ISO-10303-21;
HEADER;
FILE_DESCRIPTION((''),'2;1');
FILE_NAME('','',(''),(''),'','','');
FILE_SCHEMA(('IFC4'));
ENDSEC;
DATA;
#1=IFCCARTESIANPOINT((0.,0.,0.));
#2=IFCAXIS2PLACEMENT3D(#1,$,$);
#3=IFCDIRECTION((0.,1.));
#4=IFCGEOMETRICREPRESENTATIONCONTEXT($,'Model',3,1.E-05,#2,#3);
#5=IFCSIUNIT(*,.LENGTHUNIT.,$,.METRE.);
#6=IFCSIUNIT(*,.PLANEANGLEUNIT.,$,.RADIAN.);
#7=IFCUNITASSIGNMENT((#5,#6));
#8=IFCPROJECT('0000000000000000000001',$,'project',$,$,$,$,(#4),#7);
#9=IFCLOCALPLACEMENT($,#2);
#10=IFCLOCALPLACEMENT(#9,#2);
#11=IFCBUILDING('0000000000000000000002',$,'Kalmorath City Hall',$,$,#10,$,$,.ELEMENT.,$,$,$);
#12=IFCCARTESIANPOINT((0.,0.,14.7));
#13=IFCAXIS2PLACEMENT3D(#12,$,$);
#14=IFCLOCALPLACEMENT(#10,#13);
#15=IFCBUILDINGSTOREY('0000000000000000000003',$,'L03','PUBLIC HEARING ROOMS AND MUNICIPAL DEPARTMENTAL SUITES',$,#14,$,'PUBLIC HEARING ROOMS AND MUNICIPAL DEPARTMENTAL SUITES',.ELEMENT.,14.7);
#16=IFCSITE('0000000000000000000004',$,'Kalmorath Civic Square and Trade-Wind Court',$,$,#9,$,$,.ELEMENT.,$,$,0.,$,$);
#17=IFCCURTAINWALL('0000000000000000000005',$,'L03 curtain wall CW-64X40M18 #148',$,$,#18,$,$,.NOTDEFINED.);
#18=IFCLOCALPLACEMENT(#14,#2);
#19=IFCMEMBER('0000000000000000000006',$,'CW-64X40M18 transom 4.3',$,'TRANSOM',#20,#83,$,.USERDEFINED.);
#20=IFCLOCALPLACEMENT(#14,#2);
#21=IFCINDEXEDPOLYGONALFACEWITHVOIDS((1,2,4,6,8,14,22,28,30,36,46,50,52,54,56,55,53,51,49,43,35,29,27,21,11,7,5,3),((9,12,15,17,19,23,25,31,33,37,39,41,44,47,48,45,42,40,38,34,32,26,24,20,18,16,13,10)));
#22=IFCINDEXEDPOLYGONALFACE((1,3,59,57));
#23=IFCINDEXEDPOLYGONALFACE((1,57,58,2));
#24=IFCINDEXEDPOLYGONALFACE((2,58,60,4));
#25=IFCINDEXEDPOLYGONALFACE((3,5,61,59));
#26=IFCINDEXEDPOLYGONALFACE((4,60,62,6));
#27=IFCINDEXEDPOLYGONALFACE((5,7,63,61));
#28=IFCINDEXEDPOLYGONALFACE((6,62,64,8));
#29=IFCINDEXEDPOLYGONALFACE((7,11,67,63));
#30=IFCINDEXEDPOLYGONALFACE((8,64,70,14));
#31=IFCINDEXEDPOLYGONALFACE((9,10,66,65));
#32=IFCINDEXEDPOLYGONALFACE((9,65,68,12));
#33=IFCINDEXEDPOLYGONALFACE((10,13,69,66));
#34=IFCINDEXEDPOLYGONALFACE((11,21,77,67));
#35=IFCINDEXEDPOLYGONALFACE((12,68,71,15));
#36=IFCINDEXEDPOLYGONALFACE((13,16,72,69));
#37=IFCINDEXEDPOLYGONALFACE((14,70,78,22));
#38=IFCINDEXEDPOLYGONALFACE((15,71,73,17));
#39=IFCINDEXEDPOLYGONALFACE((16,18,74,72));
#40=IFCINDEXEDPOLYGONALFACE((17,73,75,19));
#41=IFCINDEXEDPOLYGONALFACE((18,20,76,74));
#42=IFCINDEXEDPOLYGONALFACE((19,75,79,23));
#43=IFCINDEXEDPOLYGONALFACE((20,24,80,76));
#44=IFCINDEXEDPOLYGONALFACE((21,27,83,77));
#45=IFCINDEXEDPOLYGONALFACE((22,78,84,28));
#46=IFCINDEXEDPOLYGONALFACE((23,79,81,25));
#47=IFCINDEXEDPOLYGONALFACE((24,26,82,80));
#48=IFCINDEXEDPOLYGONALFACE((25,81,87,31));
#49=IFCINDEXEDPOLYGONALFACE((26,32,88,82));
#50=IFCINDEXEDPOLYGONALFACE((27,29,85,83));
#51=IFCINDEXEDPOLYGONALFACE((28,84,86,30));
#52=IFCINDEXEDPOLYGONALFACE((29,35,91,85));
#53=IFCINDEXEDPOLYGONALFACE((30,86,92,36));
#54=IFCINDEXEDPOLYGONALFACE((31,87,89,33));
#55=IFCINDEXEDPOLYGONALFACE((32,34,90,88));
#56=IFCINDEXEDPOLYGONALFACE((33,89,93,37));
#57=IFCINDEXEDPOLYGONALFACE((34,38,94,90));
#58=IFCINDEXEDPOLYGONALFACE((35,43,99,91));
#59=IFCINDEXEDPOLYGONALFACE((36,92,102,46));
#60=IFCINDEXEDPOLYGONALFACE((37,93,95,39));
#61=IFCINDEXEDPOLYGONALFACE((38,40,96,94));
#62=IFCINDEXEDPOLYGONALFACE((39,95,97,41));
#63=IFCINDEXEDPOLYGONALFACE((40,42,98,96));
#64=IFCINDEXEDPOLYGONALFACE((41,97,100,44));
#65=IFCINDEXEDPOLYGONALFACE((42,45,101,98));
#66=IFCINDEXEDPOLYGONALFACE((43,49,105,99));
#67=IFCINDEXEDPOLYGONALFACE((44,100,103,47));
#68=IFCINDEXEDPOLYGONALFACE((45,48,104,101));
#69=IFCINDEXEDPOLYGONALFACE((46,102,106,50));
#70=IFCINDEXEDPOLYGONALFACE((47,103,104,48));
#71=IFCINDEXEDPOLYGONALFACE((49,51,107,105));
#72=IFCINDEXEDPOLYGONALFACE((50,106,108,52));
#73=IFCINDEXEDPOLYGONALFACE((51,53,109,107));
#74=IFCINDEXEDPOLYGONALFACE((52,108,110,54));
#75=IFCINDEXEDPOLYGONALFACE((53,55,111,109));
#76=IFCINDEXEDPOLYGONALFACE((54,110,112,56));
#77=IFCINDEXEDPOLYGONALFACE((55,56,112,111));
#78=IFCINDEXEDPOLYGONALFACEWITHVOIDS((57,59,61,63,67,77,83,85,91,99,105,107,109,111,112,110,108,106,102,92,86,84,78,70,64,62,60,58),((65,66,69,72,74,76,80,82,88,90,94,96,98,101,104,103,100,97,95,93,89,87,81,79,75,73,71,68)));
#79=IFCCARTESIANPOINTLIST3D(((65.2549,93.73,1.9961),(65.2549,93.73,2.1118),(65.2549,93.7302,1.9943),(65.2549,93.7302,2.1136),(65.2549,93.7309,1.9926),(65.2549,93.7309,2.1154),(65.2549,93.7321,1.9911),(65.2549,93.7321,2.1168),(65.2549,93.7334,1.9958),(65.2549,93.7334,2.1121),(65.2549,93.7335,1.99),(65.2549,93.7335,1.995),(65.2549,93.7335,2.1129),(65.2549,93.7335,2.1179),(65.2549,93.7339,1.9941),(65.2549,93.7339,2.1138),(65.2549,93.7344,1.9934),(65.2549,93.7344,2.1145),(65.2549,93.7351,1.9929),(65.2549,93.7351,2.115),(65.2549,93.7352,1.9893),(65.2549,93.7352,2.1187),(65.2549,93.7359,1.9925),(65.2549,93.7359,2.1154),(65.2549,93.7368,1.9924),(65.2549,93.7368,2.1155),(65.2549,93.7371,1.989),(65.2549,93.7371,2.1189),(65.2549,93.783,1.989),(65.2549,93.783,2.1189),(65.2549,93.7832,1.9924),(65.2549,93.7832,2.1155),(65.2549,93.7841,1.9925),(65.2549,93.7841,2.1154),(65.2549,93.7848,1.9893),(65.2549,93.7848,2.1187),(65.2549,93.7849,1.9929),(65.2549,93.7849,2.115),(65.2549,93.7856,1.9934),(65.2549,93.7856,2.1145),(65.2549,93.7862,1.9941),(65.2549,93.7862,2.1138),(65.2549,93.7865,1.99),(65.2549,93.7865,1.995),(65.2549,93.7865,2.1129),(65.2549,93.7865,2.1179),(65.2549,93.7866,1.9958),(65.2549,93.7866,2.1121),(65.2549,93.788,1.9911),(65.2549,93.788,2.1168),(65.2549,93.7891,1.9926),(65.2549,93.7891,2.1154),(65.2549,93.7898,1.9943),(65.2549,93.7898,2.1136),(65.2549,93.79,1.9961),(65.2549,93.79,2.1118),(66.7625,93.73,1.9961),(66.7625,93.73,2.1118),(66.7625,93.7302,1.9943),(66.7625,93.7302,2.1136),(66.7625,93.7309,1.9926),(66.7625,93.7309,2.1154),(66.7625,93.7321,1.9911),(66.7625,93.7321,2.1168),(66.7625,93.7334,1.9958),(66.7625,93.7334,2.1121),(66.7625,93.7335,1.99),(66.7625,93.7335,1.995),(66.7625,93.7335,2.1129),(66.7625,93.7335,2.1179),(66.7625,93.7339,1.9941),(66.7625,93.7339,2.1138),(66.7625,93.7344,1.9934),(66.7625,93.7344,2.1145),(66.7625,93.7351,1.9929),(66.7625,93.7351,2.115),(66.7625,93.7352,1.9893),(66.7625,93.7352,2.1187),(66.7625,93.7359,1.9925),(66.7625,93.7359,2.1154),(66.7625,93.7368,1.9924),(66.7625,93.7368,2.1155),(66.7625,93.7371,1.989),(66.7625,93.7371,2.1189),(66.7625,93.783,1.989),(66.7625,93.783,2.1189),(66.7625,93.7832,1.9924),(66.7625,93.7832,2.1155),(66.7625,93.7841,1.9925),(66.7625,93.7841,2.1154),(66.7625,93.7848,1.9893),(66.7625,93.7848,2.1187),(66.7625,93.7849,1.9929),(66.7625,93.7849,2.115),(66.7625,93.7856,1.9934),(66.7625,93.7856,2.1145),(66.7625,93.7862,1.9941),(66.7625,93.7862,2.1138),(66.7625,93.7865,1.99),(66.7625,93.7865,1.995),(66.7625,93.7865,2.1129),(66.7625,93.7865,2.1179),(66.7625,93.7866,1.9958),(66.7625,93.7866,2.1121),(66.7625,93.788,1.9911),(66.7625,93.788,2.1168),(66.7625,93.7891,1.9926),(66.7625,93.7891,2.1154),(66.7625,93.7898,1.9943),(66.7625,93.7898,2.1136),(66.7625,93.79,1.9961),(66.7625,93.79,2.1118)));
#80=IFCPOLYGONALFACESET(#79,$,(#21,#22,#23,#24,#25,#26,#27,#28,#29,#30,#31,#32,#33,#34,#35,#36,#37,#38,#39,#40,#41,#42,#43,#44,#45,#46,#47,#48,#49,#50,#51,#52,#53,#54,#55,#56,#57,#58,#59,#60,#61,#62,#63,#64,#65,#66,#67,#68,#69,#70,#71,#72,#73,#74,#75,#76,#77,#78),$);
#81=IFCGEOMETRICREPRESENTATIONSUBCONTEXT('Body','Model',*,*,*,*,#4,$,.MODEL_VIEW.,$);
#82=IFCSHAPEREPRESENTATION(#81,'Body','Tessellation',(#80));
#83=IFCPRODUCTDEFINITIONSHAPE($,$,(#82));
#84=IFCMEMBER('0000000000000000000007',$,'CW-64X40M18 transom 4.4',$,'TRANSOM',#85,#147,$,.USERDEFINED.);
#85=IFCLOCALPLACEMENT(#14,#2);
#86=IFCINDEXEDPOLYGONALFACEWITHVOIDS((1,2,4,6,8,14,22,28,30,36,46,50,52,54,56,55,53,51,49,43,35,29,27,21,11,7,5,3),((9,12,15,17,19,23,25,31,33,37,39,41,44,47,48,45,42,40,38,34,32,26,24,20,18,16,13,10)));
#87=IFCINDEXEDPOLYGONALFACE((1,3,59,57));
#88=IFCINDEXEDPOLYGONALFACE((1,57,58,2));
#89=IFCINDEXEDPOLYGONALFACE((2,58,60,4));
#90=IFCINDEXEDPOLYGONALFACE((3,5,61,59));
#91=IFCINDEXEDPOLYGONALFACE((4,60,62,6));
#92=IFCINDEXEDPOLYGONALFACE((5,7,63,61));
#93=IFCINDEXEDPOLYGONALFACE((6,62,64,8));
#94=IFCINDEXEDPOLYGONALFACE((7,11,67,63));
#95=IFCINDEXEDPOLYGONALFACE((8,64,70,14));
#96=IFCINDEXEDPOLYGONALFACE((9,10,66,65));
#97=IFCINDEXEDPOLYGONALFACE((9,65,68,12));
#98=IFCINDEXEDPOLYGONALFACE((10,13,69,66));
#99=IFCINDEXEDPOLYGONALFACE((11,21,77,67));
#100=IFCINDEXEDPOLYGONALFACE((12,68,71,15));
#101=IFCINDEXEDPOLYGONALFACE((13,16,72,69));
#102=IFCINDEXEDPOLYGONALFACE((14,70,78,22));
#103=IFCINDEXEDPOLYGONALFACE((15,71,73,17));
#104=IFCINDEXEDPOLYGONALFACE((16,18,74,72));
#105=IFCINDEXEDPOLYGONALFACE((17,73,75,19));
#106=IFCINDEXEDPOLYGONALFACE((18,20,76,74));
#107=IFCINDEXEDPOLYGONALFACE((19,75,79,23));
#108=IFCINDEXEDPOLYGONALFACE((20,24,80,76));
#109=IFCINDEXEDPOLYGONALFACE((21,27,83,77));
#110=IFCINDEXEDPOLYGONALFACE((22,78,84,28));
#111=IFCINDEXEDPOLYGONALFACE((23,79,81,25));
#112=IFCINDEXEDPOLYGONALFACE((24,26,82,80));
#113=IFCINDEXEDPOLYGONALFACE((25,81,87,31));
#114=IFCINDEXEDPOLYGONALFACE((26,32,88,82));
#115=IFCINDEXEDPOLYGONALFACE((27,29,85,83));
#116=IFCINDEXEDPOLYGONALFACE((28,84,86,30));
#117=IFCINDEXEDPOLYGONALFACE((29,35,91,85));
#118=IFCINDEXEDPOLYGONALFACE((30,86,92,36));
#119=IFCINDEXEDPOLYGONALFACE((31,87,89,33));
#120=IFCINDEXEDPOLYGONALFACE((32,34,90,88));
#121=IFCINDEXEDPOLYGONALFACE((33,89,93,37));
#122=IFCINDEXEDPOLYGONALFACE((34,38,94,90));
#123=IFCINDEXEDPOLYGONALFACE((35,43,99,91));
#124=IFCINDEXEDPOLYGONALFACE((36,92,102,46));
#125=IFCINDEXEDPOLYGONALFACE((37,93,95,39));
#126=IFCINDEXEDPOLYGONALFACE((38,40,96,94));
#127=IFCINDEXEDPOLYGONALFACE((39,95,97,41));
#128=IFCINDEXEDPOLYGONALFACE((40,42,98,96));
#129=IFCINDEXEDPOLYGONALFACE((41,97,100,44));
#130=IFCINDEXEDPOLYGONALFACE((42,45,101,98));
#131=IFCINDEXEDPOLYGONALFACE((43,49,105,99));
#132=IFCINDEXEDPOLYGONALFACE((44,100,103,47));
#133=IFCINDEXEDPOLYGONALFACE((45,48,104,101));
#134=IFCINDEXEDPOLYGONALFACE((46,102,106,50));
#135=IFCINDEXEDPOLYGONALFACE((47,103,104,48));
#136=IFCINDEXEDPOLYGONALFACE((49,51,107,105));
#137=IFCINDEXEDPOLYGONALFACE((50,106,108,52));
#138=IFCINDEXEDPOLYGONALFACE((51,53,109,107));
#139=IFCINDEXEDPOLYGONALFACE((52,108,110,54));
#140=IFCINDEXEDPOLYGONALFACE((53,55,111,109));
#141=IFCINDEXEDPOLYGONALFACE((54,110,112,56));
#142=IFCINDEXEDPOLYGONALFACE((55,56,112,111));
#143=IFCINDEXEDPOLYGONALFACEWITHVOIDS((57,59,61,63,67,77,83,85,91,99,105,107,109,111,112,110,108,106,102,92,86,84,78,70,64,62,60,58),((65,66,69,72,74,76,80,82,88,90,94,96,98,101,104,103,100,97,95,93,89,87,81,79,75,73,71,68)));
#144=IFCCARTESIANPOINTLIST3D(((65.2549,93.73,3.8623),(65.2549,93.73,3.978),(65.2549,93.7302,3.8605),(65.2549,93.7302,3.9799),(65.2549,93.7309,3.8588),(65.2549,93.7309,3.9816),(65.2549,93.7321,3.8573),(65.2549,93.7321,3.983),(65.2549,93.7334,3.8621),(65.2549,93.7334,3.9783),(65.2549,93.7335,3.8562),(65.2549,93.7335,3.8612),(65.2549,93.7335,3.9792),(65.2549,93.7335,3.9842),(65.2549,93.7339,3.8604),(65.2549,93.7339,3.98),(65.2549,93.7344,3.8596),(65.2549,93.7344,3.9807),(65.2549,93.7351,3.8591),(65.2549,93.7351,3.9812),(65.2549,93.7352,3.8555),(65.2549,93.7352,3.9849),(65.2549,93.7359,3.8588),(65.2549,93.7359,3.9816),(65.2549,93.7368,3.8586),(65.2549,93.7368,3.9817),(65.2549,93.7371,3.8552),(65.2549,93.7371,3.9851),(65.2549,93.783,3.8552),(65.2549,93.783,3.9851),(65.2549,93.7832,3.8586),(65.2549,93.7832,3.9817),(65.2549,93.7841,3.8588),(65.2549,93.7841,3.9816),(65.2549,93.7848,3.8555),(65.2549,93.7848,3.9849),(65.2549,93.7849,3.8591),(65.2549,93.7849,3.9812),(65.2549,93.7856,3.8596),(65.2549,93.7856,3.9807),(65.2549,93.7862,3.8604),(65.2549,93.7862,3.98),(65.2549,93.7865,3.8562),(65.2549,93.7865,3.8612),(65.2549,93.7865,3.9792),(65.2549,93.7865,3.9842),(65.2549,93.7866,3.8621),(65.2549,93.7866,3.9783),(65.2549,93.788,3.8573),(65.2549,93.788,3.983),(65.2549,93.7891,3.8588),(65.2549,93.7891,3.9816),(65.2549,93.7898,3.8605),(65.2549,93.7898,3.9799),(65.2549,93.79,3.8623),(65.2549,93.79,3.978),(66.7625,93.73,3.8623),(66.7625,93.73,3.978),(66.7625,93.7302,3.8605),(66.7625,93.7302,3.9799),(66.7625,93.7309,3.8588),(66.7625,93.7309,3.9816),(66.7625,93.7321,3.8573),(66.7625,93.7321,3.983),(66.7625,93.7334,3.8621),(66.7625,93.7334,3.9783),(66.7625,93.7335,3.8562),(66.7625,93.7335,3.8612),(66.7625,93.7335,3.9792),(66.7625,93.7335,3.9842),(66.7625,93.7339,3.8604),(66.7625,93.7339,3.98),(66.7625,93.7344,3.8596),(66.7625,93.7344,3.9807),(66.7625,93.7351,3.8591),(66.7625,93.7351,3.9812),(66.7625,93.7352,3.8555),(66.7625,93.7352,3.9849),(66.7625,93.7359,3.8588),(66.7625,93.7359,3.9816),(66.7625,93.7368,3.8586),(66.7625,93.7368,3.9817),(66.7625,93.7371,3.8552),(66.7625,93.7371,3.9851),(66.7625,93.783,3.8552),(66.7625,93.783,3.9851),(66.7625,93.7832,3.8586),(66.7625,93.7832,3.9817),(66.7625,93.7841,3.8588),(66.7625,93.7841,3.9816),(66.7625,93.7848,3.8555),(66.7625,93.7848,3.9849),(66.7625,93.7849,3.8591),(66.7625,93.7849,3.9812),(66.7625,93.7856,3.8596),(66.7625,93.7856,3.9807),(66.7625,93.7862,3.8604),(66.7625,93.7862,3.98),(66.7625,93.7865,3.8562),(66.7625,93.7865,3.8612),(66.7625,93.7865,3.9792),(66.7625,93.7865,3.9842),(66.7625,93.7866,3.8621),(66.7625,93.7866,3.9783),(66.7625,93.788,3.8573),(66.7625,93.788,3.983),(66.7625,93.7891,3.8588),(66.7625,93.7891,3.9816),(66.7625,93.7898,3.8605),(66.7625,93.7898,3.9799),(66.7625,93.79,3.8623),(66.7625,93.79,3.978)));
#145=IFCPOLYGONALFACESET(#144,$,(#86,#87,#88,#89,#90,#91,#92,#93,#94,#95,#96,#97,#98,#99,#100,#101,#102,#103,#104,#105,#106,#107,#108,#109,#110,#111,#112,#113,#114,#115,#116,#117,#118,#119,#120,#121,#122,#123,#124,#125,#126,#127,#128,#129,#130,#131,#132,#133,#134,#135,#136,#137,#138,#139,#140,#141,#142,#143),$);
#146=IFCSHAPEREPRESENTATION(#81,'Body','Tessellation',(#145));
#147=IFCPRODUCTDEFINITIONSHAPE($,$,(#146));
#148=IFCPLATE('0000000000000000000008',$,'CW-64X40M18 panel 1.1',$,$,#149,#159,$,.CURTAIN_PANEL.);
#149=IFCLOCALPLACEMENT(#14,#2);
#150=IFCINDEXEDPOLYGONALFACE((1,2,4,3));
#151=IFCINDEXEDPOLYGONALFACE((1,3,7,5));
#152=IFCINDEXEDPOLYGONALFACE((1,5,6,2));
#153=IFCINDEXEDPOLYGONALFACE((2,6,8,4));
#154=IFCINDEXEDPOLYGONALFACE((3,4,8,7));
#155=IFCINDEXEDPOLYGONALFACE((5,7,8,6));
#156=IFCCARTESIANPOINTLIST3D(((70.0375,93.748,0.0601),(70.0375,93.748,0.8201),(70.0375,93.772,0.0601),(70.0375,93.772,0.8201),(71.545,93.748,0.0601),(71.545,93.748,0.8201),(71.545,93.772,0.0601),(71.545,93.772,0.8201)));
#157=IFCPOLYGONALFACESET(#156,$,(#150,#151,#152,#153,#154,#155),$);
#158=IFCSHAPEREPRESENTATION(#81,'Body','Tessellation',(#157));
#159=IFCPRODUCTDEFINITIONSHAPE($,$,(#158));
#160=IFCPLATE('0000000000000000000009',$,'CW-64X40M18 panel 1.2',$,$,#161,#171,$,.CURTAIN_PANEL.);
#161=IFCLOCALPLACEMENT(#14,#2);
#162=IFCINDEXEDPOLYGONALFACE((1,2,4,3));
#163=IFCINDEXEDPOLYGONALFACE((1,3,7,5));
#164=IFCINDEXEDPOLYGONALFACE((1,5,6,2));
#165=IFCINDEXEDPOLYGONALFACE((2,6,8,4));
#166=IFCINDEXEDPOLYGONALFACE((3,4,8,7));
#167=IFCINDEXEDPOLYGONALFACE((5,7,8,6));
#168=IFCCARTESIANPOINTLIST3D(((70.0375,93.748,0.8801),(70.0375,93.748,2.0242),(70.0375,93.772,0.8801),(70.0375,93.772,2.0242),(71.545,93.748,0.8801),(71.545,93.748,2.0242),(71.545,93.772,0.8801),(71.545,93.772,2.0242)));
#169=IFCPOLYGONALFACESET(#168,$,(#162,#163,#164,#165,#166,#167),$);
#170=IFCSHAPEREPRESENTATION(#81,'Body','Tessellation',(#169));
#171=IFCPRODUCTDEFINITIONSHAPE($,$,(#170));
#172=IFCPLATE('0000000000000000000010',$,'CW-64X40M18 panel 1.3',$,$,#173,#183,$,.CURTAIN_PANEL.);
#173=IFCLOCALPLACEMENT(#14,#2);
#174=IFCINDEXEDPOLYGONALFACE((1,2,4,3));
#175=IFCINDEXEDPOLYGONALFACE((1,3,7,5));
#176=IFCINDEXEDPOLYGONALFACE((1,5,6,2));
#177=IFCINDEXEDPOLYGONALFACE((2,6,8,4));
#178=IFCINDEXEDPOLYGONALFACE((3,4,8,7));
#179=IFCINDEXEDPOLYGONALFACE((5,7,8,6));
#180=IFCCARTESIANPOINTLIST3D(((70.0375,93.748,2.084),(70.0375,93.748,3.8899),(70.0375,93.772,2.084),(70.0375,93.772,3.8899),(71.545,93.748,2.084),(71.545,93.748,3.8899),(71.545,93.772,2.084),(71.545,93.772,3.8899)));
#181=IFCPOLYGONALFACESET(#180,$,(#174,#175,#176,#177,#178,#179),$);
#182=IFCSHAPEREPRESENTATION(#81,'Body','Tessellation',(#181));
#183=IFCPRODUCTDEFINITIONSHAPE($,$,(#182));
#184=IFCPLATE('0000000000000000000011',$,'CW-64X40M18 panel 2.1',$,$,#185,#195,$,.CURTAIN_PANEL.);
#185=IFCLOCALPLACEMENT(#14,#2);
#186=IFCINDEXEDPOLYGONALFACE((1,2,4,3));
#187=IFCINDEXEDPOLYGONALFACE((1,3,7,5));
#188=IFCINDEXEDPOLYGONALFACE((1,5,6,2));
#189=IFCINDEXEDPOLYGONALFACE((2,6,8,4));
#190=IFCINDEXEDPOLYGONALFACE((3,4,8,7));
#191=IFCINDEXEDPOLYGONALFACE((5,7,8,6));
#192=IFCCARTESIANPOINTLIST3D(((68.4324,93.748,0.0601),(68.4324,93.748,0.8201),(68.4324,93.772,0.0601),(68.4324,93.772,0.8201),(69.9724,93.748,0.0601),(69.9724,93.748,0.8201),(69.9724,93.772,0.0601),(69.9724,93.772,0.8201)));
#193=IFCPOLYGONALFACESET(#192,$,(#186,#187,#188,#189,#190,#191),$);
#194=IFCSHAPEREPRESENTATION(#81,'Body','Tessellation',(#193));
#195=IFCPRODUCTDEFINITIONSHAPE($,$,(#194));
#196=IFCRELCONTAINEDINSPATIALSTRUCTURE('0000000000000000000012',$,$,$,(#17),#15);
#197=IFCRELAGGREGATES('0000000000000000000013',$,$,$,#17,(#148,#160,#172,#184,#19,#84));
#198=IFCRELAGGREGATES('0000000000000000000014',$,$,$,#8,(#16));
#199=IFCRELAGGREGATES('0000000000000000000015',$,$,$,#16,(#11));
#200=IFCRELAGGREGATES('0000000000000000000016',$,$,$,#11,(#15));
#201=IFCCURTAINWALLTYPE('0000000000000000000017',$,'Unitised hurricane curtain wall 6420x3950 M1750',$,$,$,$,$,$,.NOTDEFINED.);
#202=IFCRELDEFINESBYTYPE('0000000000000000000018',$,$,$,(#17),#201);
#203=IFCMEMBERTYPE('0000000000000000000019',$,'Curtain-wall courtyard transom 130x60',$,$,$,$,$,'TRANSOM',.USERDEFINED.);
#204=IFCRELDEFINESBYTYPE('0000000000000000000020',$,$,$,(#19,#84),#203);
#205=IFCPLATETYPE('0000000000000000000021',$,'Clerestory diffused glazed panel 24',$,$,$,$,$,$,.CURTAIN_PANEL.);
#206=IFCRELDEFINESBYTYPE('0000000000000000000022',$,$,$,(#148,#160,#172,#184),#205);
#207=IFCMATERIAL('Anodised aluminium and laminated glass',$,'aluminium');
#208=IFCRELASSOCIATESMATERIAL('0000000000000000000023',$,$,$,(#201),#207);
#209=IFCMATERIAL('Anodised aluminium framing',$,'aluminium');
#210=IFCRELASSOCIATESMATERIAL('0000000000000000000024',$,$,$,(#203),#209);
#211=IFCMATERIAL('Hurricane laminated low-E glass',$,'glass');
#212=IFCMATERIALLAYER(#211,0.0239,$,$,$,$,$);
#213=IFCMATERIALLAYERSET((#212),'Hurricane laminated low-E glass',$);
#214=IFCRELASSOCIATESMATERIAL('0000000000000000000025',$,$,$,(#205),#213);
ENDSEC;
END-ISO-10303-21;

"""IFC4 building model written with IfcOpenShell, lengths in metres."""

from ifc_helpers import new_model, si_unit, direction, frame, origin, origin_2d, place, context, subcontext, project, spatial, rectangle, hollow_rectangle, extrude, material, layer, layer_set, material_profile, profile_set, type_object, element, aggregate, save


model = new_model("IFC4")

# Units and contexts
model_context = context("Model", 3, precision=1e-05, world=origin(), true_north=direction((0.0, 1.0)))
body_context = subcontext(model_context, "Body", "Model", "MODEL_VIEW")
ifc_project = project(units=[si_unit("LENGTHUNIT", "METRE"), si_unit("PLANEANGLEUNIT", "RADIAN")], contexts=[model_context])

# Site, building, storey
site_placement = place(None, origin())
site = spatial("IfcSite", under=ifc_project, at=site_placement, Name="Kalmorath Civic Square and Trade-Wind Court", CompositionType="ELEMENT", RefElevation=0.0)
building_placement = place(site_placement, origin())
building = spatial("IfcBuilding", under=site, at=building_placement, Name="Kalmorath City Hall", CompositionType="ELEMENT")
storey_placement = place(building_placement, frame((0.0, 0.0, 14.7)))
storey = spatial("IfcBuildingStorey", under=building, at=storey_placement, Name="L03", Description="PUBLIC HEARING ROOMS AND MUNICIPAL DEPARTMENTAL SUITES", LongName="PUBLIC HEARING ROOMS AND MUNICIPAL DEPARTMENTAL SUITES", CompositionType="ELEMENT", Elevation=14.7)

# Curtain wall, members, plates
ifc_material_1 = material(Name="Anodised aluminium and laminated glass", Category="aluminium")
curtain_wall_type = type_object("IfcCurtainWallType", Name="Unitised hurricane curtain wall 6420x3950 M1750", PredefinedType="NOTDEFINED", material=ifc_material_1)
curtain_wall_placement = place(storey_placement, origin())
curtain_wall = element("IfcCurtainWall", 1, at=curtain_wall_placement, inside=storey, type_object=curtain_wall_type, Name="L03 curtain wall CW-64X40M18 #148", PredefinedType="NOTDEFINED")
ifc_material_2 = material(Name="Anodised aluminium framing", Category="aluminium")
ifc_material_profile_1 = material_profile(ifc_material_2, hollow_rectangle(XDim=0.0601, YDim=0.1299, WallThickness=0.0034, InnerFilletRadius=0.0034, OuterFilletRadius=0.0071, at=origin_2d()), Name="ALU-TRN-130X60X3.5")
ifc_profile_set_1 = profile_set([ifc_material_profile_1], Name="Anodised aluminium framing")
member_type_1 = type_object("IfcMemberType", Name="Curtain-wall courtyard transom 130x60", ElementType="TRANSOM", PredefinedType="USERDEFINED", material=ifc_profile_set_1)
member_1_placement = place(storey_placement, frame((66.7625, 93.76, 2.054), z_axis=(-1.0, 0.0, 0.0), x_axis=(0.0, -1.0, 0.0)))
member_1 = element("IfcMember", 2, at=member_1_placement, type_object=member_type_1, Name="CW-64X40M18 transom 4.3", ObjectType="TRANSOM", PredefinedType="USERDEFINED", context=body_context, shape_type="SweptSolid", body=[
    extrude(hollow_rectangle(XDim=0.0601, YDim=0.1299, WallThickness=0.0034, InnerFilletRadius=0.0034, OuterFilletRadius=0.0071, at=origin_2d()), origin(), (0.0, 0.0, 1.0), 1.5076),
])
member_2_placement = place(storey_placement, frame((66.7625, 93.76, 3.9202), z_axis=(-1.0, 0.0, 0.0), x_axis=(0.0, -1.0, 0.0)))
member_2 = element("IfcMember", 3, at=member_2_placement, type_object=member_type_1, Name="CW-64X40M18 transom 4.4", ObjectType="TRANSOM", PredefinedType="USERDEFINED", context=body_context, shape_type="SweptSolid", body=[
    extrude(hollow_rectangle(XDim=0.0601, YDim=0.1299, WallThickness=0.0034, InnerFilletRadius=0.0034, OuterFilletRadius=0.0071, at=origin_2d()), origin(), (0.0, 0.0, 1.0), 1.5076),
])
ifc_material_3 = material(Name="Hurricane laminated low-E glass", Category="glass")
ifc_layer = layer(ifc_material_3, 0.0239)
ifc_layer_set = layer_set([ifc_layer], Name="Hurricane laminated low-E glass")
plate_type = type_object("IfcPlateType", Name="Clerestory diffused glazed panel 24", PredefinedType="CURTAIN_PANEL", material=ifc_layer_set)
plate_1_placement = place(storey_placement, frame((70.7913, 93.76, 0.0601), z_axis=(0.0, 0.0, 1.0), x_axis=(-1.0, 0.0, 0.0)))
plate_1 = element("IfcPlate", 4, at=plate_1_placement, type_object=plate_type, Name="CW-64X40M18 panel 1.1", PredefinedType="CURTAIN_PANEL", context=body_context, shape_type="SweptSolid", body=[
    extrude(rectangle(XDim=1.5076, YDim=0.0239, at=origin_2d()), origin(), (0.0, 0.0, 1.0), 0.76),
])
plate_2_placement = place(storey_placement, frame((70.7913, 93.76, 0.8801), z_axis=(0.0, 0.0, 1.0), x_axis=(-1.0, 0.0, 0.0)))
plate_2 = element("IfcPlate", 5, at=plate_2_placement, type_object=plate_type, Name="CW-64X40M18 panel 1.2", PredefinedType="CURTAIN_PANEL", context=body_context, shape_type="SweptSolid", body=[
    extrude(rectangle(XDim=1.5076, YDim=0.0239, at=origin_2d()), origin(), (0.0, 0.0, 1.0), 1.144),
])
plate_3_placement = place(storey_placement, frame((70.7913, 93.76, 2.084), z_axis=(0.0, 0.0, 1.0), x_axis=(-1.0, 0.0, 0.0)))
plate_3 = element("IfcPlate", 6, at=plate_3_placement, type_object=plate_type, Name="CW-64X40M18 panel 1.3", PredefinedType="CURTAIN_PANEL", context=body_context, shape_type="SweptSolid", body=[
    extrude(rectangle(XDim=1.5076, YDim=0.0239, at=origin_2d()), origin(), (0.0, 0.0, 1.0), 1.8059),
])
plate_4_placement = place(storey_placement, frame((69.2024, 93.76, 0.0601), z_axis=(0.0, 0.0, 1.0), x_axis=(-1.0, 0.0, 0.0)))
plate_4 = element("IfcPlate", 7, at=plate_4_placement, type_object=plate_type, Name="CW-64X40M18 panel 2.1", PredefinedType="CURTAIN_PANEL", context=body_context, shape_type="SweptSolid", body=[
    extrude(rectangle(XDim=1.54, YDim=0.0239, at=origin_2d()), origin(), (0.0, 0.0, 1.0), 0.76),
])
aggregate(curtain_wall, [plate_1, plate_2, plate_3, plate_4, member_1, member_2])

save(model, "model.ifc")
